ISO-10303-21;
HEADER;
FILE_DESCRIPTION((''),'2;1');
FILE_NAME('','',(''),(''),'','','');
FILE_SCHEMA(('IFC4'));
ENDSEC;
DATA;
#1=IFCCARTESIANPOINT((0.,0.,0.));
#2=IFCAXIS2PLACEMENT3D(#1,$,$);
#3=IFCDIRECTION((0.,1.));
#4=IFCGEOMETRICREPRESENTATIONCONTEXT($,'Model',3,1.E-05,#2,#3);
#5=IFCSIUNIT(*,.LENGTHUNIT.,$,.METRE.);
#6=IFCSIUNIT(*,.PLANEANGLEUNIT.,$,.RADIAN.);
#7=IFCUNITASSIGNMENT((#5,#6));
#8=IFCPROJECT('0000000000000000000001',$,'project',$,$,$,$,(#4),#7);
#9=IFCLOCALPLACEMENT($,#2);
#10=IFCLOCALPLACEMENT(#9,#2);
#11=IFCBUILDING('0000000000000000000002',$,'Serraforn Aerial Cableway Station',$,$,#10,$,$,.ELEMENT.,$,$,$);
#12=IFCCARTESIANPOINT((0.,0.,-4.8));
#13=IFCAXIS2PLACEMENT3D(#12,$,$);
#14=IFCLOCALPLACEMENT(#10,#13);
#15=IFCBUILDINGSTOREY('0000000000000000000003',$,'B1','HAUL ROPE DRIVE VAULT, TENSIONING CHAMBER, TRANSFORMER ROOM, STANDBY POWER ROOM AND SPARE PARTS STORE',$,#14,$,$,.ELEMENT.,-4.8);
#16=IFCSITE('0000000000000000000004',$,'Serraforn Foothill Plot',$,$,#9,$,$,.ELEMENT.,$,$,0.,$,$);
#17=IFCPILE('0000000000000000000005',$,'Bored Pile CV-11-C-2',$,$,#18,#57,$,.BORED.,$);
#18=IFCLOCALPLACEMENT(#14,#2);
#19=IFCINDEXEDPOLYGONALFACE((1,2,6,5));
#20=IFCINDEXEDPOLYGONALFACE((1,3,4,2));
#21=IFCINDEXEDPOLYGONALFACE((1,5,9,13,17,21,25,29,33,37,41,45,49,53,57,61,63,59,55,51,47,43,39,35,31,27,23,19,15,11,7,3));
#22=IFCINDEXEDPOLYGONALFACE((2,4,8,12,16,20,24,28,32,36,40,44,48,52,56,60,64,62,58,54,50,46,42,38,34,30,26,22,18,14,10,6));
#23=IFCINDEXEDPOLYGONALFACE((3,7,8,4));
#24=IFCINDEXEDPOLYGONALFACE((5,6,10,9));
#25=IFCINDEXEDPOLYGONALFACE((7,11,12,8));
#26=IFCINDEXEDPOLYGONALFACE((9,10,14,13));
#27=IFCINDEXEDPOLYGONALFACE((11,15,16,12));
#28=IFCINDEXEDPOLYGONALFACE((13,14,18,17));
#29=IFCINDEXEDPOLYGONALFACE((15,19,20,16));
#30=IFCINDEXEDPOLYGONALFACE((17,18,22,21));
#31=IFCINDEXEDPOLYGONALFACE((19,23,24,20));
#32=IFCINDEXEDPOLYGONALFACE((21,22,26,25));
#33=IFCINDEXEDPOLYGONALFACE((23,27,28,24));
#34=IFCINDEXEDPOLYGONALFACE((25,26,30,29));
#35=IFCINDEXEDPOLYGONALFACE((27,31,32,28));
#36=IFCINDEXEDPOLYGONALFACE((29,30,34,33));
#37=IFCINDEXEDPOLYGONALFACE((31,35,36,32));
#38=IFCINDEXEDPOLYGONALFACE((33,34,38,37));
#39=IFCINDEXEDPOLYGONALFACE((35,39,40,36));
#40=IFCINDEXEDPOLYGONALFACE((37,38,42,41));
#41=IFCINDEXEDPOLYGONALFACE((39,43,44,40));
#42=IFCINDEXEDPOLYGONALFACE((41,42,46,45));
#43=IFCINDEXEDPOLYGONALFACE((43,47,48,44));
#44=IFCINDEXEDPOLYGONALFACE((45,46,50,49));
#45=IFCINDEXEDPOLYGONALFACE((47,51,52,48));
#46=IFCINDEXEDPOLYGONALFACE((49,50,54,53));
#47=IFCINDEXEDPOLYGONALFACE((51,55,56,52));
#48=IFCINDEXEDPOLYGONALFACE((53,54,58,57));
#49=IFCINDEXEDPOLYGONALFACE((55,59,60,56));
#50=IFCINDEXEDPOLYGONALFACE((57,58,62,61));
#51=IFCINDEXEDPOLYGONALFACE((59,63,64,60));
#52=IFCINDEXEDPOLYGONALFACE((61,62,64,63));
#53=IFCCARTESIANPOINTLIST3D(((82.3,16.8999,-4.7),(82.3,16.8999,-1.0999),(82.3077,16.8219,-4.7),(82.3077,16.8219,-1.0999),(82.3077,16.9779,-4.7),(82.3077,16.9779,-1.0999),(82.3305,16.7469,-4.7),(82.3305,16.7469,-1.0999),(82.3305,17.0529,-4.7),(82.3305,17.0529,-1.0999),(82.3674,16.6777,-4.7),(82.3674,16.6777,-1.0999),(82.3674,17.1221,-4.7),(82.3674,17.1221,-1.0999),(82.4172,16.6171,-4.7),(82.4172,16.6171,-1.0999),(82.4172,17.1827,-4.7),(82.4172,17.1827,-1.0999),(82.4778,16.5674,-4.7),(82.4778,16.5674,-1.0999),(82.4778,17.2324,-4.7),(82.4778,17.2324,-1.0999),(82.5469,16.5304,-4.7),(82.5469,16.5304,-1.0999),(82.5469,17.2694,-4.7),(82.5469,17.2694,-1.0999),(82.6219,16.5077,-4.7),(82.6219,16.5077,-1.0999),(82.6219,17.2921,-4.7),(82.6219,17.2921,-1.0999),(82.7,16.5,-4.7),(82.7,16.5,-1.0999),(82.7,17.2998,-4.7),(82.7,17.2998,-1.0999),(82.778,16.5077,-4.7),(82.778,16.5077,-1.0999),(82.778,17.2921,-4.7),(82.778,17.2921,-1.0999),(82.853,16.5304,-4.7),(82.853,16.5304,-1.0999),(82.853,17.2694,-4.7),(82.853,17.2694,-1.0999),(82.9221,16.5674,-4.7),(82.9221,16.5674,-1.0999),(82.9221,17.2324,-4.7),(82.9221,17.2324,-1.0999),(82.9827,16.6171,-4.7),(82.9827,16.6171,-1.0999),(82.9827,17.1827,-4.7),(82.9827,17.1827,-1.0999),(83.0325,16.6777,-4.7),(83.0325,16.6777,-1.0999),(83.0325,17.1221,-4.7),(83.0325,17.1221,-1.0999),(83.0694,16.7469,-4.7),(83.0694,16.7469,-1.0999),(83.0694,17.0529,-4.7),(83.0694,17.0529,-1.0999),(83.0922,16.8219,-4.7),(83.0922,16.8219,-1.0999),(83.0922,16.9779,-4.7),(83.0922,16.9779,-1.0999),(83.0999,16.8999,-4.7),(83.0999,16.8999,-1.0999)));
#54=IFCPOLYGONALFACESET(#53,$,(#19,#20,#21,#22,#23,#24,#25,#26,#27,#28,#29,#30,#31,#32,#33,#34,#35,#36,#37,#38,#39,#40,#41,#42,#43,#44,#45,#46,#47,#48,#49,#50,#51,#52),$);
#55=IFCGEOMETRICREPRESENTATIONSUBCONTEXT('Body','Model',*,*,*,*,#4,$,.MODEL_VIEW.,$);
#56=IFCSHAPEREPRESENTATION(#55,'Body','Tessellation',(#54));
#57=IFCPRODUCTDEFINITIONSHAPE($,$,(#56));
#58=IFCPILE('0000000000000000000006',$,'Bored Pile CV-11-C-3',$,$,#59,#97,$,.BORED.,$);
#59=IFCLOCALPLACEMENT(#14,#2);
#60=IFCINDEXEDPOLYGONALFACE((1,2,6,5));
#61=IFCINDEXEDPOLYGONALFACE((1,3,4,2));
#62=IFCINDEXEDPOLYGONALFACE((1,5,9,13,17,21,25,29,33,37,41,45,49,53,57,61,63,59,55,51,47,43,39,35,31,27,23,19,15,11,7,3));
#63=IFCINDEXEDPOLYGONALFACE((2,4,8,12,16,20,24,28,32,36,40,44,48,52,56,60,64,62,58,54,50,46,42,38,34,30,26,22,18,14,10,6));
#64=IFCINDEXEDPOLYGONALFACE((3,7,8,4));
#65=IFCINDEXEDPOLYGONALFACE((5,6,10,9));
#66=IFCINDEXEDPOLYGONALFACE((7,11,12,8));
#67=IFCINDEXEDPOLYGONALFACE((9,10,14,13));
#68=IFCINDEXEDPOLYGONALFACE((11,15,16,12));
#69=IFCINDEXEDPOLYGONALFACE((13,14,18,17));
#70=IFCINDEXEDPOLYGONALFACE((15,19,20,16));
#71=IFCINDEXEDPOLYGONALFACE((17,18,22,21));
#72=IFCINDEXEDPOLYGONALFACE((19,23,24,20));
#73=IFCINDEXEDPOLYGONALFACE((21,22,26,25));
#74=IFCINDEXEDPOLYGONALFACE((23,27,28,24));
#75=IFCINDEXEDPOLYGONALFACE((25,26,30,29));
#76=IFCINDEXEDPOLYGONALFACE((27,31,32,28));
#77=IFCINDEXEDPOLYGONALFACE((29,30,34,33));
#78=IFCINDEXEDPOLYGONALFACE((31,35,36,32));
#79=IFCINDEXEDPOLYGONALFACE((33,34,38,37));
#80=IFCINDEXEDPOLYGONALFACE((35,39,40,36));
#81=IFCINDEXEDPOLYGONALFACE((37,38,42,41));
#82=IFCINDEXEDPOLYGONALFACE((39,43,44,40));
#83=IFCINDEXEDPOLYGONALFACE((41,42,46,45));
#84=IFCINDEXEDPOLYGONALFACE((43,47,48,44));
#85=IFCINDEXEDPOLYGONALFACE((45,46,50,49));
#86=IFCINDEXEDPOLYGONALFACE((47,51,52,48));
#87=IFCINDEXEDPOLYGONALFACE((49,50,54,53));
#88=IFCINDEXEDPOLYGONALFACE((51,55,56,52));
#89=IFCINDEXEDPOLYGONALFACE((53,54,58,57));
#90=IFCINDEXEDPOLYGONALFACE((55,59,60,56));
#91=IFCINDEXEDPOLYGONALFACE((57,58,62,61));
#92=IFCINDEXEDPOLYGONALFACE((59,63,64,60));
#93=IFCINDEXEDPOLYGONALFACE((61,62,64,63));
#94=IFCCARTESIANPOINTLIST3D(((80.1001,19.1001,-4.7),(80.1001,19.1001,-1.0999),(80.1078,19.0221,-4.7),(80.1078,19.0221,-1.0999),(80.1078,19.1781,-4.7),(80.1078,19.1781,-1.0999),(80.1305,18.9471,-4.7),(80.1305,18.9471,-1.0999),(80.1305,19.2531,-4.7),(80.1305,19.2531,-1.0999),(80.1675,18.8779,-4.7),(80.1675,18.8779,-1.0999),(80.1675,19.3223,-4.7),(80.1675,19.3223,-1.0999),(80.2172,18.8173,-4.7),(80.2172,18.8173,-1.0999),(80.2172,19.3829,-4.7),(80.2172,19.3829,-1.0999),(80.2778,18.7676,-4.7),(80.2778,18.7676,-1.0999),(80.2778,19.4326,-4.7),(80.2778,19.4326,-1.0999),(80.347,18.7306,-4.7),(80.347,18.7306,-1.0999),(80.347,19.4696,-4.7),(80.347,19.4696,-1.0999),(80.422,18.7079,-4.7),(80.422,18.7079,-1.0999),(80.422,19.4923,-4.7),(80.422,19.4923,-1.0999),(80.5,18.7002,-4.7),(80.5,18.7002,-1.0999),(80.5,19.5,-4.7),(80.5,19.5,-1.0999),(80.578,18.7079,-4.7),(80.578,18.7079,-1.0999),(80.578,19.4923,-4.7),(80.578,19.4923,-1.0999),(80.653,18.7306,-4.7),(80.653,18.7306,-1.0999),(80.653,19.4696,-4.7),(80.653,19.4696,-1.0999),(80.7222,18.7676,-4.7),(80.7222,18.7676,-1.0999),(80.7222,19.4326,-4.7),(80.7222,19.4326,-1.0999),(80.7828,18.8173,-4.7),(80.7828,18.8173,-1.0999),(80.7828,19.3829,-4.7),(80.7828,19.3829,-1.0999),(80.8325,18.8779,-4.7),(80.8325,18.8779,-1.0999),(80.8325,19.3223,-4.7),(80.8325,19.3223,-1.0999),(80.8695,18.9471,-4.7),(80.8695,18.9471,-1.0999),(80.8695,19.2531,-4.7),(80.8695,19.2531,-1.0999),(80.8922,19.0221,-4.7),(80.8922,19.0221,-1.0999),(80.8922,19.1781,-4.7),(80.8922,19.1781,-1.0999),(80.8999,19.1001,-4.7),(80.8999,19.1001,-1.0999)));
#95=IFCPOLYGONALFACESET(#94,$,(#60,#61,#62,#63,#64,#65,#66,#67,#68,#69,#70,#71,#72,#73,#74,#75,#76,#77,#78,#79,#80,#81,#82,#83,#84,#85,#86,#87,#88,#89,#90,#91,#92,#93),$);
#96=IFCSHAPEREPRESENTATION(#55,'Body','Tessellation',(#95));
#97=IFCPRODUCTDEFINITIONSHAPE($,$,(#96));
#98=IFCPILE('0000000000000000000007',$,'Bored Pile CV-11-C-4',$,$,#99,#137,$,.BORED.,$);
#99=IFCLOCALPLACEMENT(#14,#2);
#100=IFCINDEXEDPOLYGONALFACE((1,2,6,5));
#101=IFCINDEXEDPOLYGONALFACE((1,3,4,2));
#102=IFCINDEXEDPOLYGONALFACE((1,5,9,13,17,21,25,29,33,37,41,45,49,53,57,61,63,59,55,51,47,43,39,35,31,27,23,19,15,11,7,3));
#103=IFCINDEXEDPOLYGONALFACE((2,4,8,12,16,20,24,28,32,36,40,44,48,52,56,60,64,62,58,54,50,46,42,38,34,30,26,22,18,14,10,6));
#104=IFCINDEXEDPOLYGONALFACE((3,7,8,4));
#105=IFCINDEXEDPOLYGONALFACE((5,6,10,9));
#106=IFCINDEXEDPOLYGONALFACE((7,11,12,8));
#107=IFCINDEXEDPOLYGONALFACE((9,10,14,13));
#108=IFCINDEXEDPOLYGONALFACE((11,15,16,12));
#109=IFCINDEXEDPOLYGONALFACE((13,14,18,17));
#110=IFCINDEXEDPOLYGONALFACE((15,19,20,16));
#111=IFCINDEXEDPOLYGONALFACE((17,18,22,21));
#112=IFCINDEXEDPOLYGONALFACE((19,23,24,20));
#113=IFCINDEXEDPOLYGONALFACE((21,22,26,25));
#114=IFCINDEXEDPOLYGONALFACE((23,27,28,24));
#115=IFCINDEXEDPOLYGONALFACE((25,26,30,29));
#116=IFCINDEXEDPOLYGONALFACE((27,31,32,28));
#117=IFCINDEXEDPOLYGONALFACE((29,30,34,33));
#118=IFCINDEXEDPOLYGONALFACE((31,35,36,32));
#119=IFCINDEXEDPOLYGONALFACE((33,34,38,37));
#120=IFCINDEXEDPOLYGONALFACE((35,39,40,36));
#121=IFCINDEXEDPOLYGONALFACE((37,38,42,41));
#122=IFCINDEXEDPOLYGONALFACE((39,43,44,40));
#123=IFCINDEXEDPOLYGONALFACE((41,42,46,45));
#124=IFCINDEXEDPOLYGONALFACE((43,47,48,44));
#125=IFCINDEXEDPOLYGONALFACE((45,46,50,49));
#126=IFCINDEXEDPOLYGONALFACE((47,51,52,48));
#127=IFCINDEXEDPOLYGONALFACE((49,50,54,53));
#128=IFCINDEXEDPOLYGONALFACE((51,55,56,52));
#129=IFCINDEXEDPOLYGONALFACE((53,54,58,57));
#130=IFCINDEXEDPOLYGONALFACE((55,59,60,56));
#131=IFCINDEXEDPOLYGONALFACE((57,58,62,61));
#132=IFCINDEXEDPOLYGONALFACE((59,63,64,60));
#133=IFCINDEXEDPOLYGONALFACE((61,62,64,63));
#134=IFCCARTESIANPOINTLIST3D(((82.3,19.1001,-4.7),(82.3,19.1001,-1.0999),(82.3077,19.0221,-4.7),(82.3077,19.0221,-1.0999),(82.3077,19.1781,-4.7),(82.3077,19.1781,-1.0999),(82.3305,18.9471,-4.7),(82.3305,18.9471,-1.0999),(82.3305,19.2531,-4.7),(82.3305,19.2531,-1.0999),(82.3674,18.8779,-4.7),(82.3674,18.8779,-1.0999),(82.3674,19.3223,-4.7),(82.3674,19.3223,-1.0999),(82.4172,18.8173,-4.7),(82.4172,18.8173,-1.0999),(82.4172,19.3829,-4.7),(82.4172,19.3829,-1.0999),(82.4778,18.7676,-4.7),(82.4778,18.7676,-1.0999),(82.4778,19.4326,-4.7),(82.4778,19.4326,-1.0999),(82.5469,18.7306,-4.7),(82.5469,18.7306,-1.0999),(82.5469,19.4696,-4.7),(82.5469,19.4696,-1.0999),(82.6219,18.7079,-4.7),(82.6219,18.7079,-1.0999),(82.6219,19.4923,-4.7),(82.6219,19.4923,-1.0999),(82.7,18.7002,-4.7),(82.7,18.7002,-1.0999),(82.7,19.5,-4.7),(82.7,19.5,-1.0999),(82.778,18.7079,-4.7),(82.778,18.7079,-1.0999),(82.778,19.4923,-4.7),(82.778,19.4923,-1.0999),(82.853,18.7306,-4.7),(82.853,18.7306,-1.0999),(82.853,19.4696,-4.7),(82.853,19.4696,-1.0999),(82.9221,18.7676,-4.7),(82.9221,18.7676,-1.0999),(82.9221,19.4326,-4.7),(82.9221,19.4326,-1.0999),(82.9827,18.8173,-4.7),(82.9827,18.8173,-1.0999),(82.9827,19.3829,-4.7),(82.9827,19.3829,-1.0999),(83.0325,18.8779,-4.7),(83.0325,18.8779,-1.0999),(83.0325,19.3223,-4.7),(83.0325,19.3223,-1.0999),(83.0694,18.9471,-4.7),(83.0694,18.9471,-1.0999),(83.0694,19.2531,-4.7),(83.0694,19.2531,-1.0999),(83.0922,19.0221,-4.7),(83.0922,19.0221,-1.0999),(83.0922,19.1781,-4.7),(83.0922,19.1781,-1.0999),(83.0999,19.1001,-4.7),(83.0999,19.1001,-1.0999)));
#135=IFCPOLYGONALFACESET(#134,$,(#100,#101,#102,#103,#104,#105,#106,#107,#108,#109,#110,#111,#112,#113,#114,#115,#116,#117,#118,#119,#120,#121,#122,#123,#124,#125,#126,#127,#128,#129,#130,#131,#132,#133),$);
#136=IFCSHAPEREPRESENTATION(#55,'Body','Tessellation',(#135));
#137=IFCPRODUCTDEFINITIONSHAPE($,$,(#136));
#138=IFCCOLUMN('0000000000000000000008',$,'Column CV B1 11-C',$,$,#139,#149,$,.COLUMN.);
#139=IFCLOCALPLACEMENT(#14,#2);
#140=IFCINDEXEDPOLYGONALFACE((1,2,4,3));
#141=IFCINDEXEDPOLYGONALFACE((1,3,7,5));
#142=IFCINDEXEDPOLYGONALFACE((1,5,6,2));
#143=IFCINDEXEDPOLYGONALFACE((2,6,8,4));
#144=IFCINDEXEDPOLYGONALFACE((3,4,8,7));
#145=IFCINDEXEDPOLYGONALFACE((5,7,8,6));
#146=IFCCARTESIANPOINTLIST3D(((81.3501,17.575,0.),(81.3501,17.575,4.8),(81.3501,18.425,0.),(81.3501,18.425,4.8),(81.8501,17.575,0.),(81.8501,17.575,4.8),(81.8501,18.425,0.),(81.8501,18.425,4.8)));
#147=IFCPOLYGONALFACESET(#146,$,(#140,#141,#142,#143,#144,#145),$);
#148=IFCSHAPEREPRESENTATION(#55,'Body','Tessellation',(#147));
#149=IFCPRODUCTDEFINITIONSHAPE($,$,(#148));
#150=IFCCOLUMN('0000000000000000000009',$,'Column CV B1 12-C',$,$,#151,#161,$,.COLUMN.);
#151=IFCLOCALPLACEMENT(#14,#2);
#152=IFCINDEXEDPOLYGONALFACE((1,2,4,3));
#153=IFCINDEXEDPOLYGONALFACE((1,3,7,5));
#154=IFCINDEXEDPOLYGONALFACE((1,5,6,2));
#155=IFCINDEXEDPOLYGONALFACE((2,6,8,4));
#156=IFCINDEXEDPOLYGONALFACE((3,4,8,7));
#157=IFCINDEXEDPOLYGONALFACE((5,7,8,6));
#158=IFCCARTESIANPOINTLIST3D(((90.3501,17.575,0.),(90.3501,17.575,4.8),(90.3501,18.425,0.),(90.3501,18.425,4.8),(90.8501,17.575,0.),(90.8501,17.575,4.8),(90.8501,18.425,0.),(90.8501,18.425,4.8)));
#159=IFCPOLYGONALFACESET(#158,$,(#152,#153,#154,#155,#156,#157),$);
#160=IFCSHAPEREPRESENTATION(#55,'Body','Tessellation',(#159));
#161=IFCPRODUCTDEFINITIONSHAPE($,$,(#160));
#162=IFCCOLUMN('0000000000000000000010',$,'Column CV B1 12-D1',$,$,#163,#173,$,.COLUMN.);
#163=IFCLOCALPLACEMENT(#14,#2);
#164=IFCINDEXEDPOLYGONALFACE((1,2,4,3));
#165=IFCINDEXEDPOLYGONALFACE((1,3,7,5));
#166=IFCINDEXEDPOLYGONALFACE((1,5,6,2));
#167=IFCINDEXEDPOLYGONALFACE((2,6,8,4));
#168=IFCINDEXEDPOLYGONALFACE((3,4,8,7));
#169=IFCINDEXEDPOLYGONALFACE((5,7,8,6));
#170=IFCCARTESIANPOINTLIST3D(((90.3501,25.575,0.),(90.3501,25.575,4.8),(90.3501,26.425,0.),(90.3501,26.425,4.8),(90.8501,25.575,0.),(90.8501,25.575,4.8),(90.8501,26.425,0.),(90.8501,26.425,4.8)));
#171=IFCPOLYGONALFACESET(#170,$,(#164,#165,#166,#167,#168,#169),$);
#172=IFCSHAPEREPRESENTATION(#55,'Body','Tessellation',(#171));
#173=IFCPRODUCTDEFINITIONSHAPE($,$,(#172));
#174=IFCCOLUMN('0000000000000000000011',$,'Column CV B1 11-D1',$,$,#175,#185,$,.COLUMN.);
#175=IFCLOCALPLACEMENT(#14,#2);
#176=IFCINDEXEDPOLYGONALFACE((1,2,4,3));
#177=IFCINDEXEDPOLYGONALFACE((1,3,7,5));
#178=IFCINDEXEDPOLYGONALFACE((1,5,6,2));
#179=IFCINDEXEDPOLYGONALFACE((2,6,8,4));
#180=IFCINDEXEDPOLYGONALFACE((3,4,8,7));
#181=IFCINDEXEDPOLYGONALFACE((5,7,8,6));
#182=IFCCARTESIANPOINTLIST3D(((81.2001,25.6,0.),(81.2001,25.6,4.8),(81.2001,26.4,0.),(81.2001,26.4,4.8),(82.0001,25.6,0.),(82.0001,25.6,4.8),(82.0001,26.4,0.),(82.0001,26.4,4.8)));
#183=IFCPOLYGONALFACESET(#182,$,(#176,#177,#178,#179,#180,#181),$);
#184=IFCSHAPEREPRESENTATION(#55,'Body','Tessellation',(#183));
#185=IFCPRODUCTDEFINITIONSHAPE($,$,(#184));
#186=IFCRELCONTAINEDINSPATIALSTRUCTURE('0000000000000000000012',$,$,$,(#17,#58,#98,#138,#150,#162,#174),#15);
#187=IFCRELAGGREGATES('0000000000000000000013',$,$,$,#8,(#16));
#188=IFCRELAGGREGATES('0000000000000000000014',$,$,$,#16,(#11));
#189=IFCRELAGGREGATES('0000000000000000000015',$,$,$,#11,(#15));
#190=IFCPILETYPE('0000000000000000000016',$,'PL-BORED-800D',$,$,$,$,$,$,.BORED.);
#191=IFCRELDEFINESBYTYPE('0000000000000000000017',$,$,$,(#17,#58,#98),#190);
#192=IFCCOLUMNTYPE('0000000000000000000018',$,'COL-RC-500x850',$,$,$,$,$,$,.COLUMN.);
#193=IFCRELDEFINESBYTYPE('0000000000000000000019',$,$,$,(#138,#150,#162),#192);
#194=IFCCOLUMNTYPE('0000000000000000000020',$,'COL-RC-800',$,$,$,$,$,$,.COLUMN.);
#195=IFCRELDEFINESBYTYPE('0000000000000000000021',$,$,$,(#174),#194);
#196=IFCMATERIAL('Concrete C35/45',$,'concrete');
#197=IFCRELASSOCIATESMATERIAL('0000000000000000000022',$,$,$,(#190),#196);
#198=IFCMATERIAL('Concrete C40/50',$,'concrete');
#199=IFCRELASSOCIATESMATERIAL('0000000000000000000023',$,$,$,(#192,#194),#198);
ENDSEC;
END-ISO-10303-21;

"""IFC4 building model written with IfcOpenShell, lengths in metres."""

from ifc_helpers import new_model, si_unit, direction, frame, origin, origin_2d, place, context, subcontext, project, spatial, rectangle, circle, extrude, material, material_profile, profile_set, type_object, element, save


model = new_model("IFC4")

# Units and contexts
model_context = context("Model", 3, precision=1e-05, world=origin(), true_north=direction((0.0, 1.0)))
body_context = subcontext(model_context, "Body", "Model", "MODEL_VIEW")
ifc_project = project(units=[si_unit("LENGTHUNIT", "METRE"), si_unit("PLANEANGLEUNIT", "RADIAN")], contexts=[model_context])

# Site, building, storey
site_placement = place(None, origin())
site = spatial("IfcSite", under=ifc_project, at=site_placement, Name="Serraforn Foothill Plot", CompositionType="ELEMENT", RefElevation=0.0)
building_placement = place(site_placement, origin())
building = spatial("IfcBuilding", under=site, at=building_placement, Name="Serraforn Aerial Cableway Station", CompositionType="ELEMENT")
storey_placement = place(building_placement, frame((0.0, 0.0, -4.8)))
storey = spatial("IfcBuildingStorey", under=building, at=storey_placement, Name="B1", Description="HAUL ROPE DRIVE VAULT, TENSIONING CHAMBER, TRANSFORMER ROOM, STANDBY POWER ROOM AND SPARE PARTS STORE", CompositionType="ELEMENT", Elevation=-4.8)

# Shared definitions
ifc_material_1 = material(Name="Concrete C35/45", Category="concrete")
ifc_material_2 = material(Name="Concrete C40/50", Category="concrete")

# Piles
ifc_material_profile_1 = material_profile(ifc_material_1, circle(Radius=0.3999, at=origin_2d()), Name="BORED PILE D800")
ifc_profile_set_1 = profile_set([ifc_material_profile_1], Name="Concrete C35/45")
pile_type_1 = type_object("IfcPileType", Name="PL-BORED-800D", PredefinedType="BORED", material=ifc_profile_set_1)
for number, where, z_axis, x_axis, name in (
    (1, (82.7, 16.8999, -1.0999), (0.0, 0.0, -1.0), (1.0, 0.0, 0.0), "Bored Pile CV-11-C-2"),
    (2, (80.5, 19.1001, -1.0999), (0.0, 0.0, -1.0), (1.0, 0.0, 0.0), "Bored Pile CV-11-C-3"),
    (3, (82.7, 19.1001, -1.0999), (0.0, 0.0, -1.0), (1.0, 0.0, 0.0), "Bored Pile CV-11-C-4"),
):
    element("IfcPile", number, at=place(storey_placement, frame(where, z_axis=z_axis, x_axis=x_axis)), inside=storey, type_object=pile_type_1, Name=name, PredefinedType="BORED", context=body_context, shape_type="SweptSolid", body=[
        extrude(circle(Radius=0.3999, at=origin_2d()), origin(), (0.0, 0.0, 1.0), 3.6001),
    ])

# Columns
ifc_material_profile_2 = material_profile(ifc_material_2, rectangle(XDim=0.5, YDim=0.8501, at=origin_2d()), Name="RC 500x850")
ifc_profile_set_2 = profile_set([ifc_material_profile_2], Name="Concrete C40/50")
column_type_1 = type_object("IfcColumnType", Name="COL-RC-500x850", PredefinedType="COLUMN", material=ifc_profile_set_2)
for number, where, z_axis, x_axis, name in (
    (4, (81.6001, 18.0, 0.0), (0.0, 0.0, 1.0), (1.0, 0.0, 0.0), "Column CV B1 11-C"),
    (5, (90.6001, 18.0, 0.0), (0.0, 0.0, 1.0), (1.0, 0.0, 0.0), "Column CV B1 12-C"),
    (6, (90.6001, 26.0, 0.0), (0.0, 0.0, 1.0), (1.0, 0.0, 0.0), "Column CV B1 12-D1"),
):
    element("IfcColumn", number, at=place(storey_placement, frame(where, z_axis=z_axis, x_axis=x_axis)), inside=storey, type_object=column_type_1, Name=name, PredefinedType="COLUMN", context=body_context, shape_type="SweptSolid", body=[
        extrude(rectangle(XDim=0.5, YDim=0.8501, at=origin_2d()), origin(), (0.0, 0.0, 1.0), 4.8),
    ])
ifc_material_profile_3 = material_profile(ifc_material_2, rectangle(XDim=0.8, YDim=0.8, at=origin_2d()), Name="RC 800x800")
ifc_profile_set_3 = profile_set([ifc_material_profile_3], Name="Concrete C40/50")
column_type_2 = type_object("IfcColumnType", Name="COL-RC-800", PredefinedType="COLUMN", material=ifc_profile_set_3)
column_placement = place(storey_placement, frame((81.6001, 26.0, 0.0), z_axis=(0.0, 0.0, 1.0), x_axis=(1.0, 0.0, 0.0)))
element("IfcColumn", 7, at=column_placement, inside=storey, type_object=column_type_2, Name="Column CV B1 11-D1", PredefinedType="COLUMN", context=body_context, shape_type="SweptSolid", body=[
    extrude(rectangle(XDim=0.8, YDim=0.8, at=origin_2d()), origin(), (0.0, 0.0, 1.0), 4.8),
])

save(model, "model.ifc")
